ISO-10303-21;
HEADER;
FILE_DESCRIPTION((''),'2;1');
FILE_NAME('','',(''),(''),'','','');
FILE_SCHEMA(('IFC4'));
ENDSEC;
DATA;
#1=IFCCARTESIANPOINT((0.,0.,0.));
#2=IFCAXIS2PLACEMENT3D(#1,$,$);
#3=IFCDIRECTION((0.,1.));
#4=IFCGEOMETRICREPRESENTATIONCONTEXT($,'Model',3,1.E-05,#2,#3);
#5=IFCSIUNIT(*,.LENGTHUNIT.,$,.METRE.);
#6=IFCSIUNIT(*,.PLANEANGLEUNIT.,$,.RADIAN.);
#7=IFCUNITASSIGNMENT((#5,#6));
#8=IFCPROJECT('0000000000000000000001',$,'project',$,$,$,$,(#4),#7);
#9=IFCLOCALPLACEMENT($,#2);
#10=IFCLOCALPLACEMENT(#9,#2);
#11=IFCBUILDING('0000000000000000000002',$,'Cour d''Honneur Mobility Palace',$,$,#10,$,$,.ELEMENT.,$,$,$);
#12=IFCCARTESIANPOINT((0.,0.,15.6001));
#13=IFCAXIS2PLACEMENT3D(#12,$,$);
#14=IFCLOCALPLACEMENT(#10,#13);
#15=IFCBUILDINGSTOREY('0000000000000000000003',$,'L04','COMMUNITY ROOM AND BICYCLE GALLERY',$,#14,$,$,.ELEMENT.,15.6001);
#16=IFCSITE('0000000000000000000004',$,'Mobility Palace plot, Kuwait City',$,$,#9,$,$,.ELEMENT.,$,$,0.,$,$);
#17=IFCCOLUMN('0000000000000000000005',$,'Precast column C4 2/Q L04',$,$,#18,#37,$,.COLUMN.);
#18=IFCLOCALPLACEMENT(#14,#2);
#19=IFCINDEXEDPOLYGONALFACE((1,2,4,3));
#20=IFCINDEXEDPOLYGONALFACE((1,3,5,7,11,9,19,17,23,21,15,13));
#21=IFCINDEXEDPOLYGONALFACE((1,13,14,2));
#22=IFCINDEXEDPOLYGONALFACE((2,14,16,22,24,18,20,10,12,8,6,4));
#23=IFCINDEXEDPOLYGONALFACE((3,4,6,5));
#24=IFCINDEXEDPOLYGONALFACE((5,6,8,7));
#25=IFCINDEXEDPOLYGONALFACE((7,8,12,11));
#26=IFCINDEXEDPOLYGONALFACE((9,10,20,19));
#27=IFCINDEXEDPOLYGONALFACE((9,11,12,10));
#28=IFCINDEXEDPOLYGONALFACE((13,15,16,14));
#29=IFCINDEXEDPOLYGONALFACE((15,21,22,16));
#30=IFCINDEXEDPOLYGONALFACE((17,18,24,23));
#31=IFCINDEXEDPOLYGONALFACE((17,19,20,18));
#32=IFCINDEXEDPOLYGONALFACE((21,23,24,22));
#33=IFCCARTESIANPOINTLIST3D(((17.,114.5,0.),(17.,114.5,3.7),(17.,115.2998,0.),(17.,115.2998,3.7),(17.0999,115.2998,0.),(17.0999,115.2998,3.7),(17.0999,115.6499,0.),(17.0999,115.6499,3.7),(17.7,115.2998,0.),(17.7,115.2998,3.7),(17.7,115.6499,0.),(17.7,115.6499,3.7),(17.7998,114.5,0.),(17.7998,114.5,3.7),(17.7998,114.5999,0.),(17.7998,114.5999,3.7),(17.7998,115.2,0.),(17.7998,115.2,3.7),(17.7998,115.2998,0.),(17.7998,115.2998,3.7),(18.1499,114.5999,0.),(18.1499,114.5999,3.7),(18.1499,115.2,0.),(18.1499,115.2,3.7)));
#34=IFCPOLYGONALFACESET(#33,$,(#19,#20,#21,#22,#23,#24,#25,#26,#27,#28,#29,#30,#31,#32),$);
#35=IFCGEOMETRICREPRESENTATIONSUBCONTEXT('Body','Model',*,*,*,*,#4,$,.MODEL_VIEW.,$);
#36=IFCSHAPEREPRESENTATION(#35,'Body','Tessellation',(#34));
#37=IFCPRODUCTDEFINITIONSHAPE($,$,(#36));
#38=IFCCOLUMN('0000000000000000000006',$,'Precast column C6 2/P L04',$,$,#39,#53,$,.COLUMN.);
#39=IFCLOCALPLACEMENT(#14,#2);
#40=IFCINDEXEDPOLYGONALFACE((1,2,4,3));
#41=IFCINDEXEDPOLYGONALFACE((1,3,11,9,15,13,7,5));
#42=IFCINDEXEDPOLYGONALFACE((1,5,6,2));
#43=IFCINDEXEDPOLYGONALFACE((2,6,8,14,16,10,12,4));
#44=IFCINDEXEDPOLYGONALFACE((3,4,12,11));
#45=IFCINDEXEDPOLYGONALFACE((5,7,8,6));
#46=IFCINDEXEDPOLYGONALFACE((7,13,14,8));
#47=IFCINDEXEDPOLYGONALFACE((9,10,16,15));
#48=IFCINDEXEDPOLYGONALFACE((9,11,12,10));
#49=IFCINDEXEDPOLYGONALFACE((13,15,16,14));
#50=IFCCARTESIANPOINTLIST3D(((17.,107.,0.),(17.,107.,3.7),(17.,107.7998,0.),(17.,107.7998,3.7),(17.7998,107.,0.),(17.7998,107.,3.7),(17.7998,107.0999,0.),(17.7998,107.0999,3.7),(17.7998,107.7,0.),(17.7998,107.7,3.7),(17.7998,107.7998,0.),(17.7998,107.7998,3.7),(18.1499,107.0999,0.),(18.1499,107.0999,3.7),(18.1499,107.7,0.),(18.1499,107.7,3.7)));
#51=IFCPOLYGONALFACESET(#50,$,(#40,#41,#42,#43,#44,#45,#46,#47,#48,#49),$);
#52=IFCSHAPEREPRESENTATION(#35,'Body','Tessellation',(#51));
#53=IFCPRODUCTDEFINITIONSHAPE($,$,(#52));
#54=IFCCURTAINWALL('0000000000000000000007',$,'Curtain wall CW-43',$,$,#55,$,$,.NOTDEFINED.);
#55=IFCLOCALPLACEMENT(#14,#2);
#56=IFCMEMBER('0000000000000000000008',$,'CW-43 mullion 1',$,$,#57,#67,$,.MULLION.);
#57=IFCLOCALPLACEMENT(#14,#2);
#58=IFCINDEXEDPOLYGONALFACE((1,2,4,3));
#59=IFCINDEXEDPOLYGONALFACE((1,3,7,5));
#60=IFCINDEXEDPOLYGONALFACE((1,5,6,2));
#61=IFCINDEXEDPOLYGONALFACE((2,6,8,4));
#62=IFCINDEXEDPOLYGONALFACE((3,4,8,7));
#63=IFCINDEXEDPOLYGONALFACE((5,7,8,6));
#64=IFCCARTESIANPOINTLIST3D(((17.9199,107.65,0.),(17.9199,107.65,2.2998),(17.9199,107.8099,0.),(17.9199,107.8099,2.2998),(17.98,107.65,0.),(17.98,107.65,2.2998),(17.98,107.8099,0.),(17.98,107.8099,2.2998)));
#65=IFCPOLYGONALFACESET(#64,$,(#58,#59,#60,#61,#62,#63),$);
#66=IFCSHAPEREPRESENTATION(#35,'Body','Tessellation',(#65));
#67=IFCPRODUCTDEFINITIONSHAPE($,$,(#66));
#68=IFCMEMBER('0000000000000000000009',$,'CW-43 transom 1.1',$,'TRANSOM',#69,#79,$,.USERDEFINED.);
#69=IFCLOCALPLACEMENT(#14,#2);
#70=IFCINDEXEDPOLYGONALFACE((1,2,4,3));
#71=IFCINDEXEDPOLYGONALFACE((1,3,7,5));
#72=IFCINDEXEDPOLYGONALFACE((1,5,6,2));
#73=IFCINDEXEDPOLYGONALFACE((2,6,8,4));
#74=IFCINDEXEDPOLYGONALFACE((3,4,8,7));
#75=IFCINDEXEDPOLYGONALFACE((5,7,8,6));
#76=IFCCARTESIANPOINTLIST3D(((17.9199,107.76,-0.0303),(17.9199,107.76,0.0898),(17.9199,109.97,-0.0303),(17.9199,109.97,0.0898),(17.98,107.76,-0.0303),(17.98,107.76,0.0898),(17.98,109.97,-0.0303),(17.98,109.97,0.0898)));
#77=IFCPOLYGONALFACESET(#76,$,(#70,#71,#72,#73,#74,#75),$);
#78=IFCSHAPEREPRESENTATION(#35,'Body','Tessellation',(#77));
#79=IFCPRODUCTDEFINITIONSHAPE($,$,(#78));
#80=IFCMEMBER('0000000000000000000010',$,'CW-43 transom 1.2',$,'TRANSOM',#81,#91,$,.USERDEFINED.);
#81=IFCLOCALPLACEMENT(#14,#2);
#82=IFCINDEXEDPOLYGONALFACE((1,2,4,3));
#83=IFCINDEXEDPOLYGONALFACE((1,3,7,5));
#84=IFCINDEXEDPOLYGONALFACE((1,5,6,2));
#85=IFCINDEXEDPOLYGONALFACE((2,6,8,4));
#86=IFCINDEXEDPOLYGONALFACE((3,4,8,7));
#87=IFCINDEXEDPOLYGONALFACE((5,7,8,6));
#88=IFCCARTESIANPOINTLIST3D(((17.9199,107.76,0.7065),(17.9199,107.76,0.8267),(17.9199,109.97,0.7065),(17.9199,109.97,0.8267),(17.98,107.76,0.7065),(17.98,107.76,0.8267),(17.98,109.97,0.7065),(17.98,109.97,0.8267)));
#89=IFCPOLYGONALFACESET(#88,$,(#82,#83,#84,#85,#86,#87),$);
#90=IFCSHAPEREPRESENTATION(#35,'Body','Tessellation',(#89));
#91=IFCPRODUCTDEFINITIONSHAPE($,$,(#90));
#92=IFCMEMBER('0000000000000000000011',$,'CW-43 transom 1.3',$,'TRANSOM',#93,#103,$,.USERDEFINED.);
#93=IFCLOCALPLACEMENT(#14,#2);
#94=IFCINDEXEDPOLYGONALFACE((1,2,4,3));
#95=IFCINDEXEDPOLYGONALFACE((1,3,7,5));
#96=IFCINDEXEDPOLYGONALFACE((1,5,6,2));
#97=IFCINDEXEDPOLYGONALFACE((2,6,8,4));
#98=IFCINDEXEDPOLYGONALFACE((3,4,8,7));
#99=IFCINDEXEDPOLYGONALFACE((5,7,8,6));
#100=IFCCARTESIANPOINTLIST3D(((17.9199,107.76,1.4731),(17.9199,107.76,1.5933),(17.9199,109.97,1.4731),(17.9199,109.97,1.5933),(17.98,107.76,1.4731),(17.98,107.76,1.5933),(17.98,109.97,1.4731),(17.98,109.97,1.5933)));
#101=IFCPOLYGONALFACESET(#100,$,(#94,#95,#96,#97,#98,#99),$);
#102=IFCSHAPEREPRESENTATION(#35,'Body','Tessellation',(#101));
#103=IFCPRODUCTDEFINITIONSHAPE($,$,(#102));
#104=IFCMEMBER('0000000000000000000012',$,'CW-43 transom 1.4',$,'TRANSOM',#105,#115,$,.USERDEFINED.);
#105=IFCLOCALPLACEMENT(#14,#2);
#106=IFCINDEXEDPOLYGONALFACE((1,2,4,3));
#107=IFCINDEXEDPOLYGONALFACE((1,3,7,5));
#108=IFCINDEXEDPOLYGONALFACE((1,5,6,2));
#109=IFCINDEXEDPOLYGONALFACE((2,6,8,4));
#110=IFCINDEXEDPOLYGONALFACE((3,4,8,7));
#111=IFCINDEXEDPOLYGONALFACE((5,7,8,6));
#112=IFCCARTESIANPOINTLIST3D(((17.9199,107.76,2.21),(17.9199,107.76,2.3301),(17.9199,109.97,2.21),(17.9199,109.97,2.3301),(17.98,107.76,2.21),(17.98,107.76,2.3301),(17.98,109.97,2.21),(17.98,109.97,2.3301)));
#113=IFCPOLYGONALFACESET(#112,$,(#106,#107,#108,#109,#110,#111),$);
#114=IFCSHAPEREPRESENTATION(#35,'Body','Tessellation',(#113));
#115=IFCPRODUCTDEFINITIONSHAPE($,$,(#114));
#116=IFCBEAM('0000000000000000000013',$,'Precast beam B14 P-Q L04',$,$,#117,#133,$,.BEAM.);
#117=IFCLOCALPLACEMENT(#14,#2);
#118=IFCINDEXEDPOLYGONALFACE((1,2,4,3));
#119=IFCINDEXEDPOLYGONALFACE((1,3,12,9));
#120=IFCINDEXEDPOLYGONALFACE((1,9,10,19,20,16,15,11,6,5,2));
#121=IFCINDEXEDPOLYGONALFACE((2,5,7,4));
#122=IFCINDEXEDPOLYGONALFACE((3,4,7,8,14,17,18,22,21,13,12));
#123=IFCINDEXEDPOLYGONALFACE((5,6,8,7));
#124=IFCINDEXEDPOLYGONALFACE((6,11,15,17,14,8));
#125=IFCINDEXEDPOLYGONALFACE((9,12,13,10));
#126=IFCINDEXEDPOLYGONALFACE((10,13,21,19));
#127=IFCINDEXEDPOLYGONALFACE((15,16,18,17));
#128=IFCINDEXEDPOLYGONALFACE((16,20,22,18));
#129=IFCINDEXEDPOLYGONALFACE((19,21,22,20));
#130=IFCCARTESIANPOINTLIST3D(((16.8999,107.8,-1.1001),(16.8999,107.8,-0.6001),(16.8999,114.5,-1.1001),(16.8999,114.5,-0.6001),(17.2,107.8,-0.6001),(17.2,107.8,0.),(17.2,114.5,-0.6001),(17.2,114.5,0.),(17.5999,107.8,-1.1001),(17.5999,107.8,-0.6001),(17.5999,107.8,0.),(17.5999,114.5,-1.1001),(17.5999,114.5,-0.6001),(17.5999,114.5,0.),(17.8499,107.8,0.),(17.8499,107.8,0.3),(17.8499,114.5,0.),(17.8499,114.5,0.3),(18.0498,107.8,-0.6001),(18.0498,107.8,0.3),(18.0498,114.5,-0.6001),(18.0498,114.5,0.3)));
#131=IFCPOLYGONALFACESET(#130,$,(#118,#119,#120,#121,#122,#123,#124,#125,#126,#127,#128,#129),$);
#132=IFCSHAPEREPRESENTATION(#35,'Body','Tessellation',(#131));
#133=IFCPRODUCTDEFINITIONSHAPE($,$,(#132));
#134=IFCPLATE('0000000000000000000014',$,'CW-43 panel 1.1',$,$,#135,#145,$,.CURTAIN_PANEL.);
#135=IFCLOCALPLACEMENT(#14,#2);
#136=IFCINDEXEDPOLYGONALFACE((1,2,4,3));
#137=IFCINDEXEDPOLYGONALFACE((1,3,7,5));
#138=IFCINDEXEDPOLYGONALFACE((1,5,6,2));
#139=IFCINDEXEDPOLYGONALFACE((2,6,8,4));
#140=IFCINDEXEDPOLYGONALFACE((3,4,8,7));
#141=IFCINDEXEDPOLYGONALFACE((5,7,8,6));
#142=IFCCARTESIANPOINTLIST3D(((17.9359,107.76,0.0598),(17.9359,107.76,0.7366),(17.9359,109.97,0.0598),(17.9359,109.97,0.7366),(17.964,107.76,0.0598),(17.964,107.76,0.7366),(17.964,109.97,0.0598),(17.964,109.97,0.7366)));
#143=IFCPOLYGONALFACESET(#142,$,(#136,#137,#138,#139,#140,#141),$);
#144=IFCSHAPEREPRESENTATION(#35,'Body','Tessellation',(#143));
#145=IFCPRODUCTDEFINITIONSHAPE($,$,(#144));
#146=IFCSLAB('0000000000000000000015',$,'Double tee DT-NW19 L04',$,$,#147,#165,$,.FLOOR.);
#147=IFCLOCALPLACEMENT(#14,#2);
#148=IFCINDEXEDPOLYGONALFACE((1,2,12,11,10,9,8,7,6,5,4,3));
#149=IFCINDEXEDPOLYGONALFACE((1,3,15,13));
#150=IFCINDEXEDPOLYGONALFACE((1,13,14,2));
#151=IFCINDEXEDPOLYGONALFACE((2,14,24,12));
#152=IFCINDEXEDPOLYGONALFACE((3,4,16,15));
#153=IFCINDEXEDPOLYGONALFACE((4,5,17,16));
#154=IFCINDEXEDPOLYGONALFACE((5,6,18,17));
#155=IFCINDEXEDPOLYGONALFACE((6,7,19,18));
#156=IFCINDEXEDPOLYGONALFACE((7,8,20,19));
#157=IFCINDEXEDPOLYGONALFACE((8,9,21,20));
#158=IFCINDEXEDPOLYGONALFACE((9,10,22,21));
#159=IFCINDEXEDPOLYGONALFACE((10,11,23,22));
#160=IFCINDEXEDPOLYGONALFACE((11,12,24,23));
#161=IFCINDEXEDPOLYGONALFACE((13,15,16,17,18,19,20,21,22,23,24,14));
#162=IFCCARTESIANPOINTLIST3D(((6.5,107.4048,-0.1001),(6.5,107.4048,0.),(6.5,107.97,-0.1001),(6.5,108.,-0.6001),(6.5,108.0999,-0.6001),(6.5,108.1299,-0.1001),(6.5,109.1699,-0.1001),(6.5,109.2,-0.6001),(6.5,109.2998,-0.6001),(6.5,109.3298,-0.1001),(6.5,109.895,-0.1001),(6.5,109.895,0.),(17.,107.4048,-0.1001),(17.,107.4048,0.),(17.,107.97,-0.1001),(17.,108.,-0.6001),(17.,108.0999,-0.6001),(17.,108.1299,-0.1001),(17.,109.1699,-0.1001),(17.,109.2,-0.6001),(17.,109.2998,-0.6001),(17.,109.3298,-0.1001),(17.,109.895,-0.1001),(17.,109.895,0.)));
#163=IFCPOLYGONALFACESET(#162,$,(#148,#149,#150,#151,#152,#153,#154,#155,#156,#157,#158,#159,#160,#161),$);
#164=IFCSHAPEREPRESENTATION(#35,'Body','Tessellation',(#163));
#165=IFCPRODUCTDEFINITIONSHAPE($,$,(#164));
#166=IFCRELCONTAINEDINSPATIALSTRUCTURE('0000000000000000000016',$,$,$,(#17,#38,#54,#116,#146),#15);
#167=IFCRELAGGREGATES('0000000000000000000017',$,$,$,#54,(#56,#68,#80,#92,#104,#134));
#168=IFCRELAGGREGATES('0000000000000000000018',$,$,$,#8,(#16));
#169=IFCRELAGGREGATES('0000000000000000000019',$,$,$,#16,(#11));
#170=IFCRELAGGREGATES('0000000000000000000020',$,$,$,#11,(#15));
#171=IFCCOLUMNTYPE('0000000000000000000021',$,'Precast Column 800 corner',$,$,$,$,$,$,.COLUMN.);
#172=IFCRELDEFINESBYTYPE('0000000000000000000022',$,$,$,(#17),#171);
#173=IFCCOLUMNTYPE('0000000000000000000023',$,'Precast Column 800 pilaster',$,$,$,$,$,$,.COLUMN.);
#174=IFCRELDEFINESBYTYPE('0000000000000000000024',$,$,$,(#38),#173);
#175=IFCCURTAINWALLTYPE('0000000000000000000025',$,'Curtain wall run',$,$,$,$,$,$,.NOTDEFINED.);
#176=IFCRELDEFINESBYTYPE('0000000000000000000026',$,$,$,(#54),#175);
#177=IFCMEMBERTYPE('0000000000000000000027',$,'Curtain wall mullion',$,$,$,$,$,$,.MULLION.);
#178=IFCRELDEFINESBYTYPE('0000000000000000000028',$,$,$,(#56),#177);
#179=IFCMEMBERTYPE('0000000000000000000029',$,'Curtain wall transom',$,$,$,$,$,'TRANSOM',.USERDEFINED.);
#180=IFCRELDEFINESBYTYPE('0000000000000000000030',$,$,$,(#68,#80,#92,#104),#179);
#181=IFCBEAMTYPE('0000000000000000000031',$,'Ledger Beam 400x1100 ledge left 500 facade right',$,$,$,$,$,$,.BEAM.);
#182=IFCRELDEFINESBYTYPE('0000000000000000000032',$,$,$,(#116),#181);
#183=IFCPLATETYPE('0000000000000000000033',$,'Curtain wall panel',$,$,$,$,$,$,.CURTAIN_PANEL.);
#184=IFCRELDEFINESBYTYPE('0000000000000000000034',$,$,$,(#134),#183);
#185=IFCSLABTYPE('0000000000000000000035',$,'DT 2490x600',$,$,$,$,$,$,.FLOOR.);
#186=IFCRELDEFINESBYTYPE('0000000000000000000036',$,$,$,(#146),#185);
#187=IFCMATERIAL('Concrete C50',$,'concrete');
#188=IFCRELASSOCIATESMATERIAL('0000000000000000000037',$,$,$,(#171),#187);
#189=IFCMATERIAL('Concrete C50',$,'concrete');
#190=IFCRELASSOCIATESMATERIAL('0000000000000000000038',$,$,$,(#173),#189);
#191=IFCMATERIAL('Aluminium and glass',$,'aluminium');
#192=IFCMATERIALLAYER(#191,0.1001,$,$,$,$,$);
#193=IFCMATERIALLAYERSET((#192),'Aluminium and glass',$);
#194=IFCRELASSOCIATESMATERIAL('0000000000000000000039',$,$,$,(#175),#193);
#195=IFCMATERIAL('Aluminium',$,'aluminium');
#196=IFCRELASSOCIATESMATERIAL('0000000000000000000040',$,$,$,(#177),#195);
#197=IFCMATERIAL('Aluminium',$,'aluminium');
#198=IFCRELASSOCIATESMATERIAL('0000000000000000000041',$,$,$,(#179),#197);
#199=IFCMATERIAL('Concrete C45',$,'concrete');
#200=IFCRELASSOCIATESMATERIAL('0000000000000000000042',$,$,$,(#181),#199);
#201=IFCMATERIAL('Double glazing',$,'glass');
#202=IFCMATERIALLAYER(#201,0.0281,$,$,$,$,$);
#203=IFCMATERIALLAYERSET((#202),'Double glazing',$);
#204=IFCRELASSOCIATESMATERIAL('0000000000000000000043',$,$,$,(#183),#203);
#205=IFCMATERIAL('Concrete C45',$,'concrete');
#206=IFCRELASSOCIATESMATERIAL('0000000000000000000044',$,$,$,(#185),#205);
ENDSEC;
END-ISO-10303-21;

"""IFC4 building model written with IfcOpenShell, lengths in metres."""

from ifc_helpers import new_model, si_unit, direction, frame, origin, origin_2d, place, context, subcontext, project, spatial, polyline, rectangle, outline, extrude, material, layer, layer_set, material_profile, profile_set, type_object, element, aggregate, save


model = new_model("IFC4")

# Units and contexts
model_context = context("Model", 3, precision=1e-05, world=origin(), true_north=direction((0.0, 1.0)))
body_context = subcontext(model_context, "Body", "Model", "MODEL_VIEW")
ifc_project = project(units=[si_unit("LENGTHUNIT", "METRE"), si_unit("PLANEANGLEUNIT", "RADIAN")], contexts=[model_context])

# Site, building, storey
site_placement = place(None, origin())
site = spatial("IfcSite", under=ifc_project, at=site_placement, Name="Mobility Palace plot, Kuwait City", CompositionType="ELEMENT", RefElevation=0.0)
building_placement = place(site_placement, origin())
building = spatial("IfcBuilding", under=site, at=building_placement, Name="Cour d'Honneur Mobility Palace", CompositionType="ELEMENT")
storey_placement = place(building_placement, frame((0.0, 0.0, 15.6001)))
storey = spatial("IfcBuildingStorey", under=building, at=storey_placement, Name="L04", Description="COMMUNITY ROOM AND BICYCLE GALLERY", CompositionType="ELEMENT", Elevation=15.6001)

# Columns
ifc_material_1 = material(Name="Concrete C50", Category="concrete")
ifc_material_profile_1 = material_profile(ifc_material_1, outline(polyline([(-0.3999, -0.3999), (0.3999, -0.3999), (0.3999, -0.3), (0.75, -0.3), (0.75, 0.3), (0.3999, 0.3), (0.3999, 0.3999), (0.3, 0.3999), (0.3, 0.75), (-0.3, 0.75), (-0.3, 0.3999), (-0.3999, 0.3999), (-0.3999, -0.3999)])), Name="PC C800 corner")
ifc_profile_set_1 = profile_set([ifc_material_profile_1], Name="Concrete C50")
column_type_1 = type_object("IfcColumnType", Name="Precast Column 800 corner", PredefinedType="COLUMN", material=ifc_profile_set_1)
column_1_placement = place(storey_placement, frame((17.3999, 114.8999, 0.0), z_axis=(0.0, 0.0, 1.0), x_axis=(1.0, 0.0, 0.0)))
element("IfcColumn", 1, at=column_1_placement, inside=storey, type_object=column_type_1, Name="Precast column C4 2/Q L04", PredefinedType="COLUMN", context=body_context, shape_type="SweptSolid", body=[
    extrude(outline(polyline([(-0.3999, -0.3999), (0.3999, -0.3999), (0.3999, -0.3), (0.75, -0.3), (0.75, 0.3), (0.3999, 0.3), (0.3999, 0.3999), (0.3, 0.3999), (0.3, 0.75), (-0.3, 0.75), (-0.3, 0.3999), (-0.3999, 0.3999), (-0.3999, -0.3999)])), origin(), (0.0, 0.0, 1.0), 3.7),
])
ifc_material_2 = material(Name="Concrete C50", Category="concrete")
ifc_material_profile_2 = material_profile(ifc_material_2, outline(polyline([(-0.3999, -0.3999), (0.3999, -0.3999), (0.3999, -0.3), (0.75, -0.3), (0.75, 0.3), (0.3999, 0.3), (0.3999, 0.3999), (-0.3999, 0.3999), (-0.3999, -0.3999)])), Name="PC C800 pilaster")
ifc_profile_set_2 = profile_set([ifc_material_profile_2], Name="Concrete C50")
column_type_2 = type_object("IfcColumnType", Name="Precast Column 800 pilaster", PredefinedType="COLUMN", material=ifc_profile_set_2)
column_2_placement = place(storey_placement, frame((17.3999, 107.3999, 0.0), z_axis=(0.0, 0.0, 1.0), x_axis=(1.0, 0.0, 0.0)))
element("IfcColumn", 2, at=column_2_placement, inside=storey, type_object=column_type_2, Name="Precast column C6 2/P L04", PredefinedType="COLUMN", context=body_context, shape_type="SweptSolid", body=[
    extrude(outline(polyline([(-0.3999, -0.3999), (0.3999, -0.3999), (0.3999, -0.3), (0.75, -0.3), (0.75, 0.3), (0.3999, 0.3), (0.3999, 0.3999), (-0.3999, 0.3999), (-0.3999, -0.3999)])), origin(), (0.0, 0.0, 1.0), 3.7),
])

# Curtain wall, members
ifc_material_3 = material(Name="Aluminium and glass", Category="aluminium")
ifc_layer_1 = layer(ifc_material_3, 0.1001)
ifc_layer_set_1 = layer_set([ifc_layer_1], Name="Aluminium and glass")
curtain_wall_type = type_object("IfcCurtainWallType", Name="Curtain wall run", PredefinedType="NOTDEFINED", material=ifc_layer_set_1)
curtain_wall_placement = place(storey_placement, origin())
curtain_wall = element("IfcCurtainWall", 3, at=curtain_wall_placement, inside=storey, type_object=curtain_wall_type, Name="Curtain wall CW-43", PredefinedType="NOTDEFINED")
ifc_material_4 = material(Name="Aluminium", Category="aluminium")
ifc_material_profile_3 = material_profile(ifc_material_4, rectangle(XDim=0.0601, YDim=0.1599, at=origin_2d()), Name="Curtain wall mullion")
ifc_profile_set_3 = profile_set([ifc_material_profile_3], Name="Aluminium")
member_type_1 = type_object("IfcMemberType", Name="Curtain wall mullion", PredefinedType="MULLION", material=ifc_profile_set_3)
member_1_placement = place(storey_placement, frame((17.95, 107.73, 0.0), z_axis=(0.0, 0.0, 1.0), x_axis=(-1.0, 0.0, 0.0)))
member_1 = element("IfcMember", 4, at=member_1_placement, type_object=member_type_1, Name="CW-43 mullion 1", PredefinedType="MULLION", context=body_context, shape_type="SweptSolid", body=[
    extrude(rectangle(XDim=0.0601, YDim=0.1599, at=origin_2d()), origin(), (0.0, 0.0, 1.0), 2.2998),
])
ifc_material_5 = material(Name="Aluminium", Category="aluminium")
ifc_material_profile_4 = material_profile(ifc_material_5, rectangle(XDim=0.0601, YDim=0.1201, at=origin_2d()), Name="Curtain wall transom")
ifc_profile_set_4 = profile_set([ifc_material_profile_4], Name="Aluminium")
member_type_2 = type_object("IfcMemberType", Name="Curtain wall transom", ElementType="TRANSOM", PredefinedType="USERDEFINED", material=ifc_profile_set_4)
member_2_placement = place(storey_placement, frame((17.95, 107.76, 0.0298), z_axis=(0.0, 1.0, 0.0), x_axis=(-1.0, 0.0, 0.0)))
member_2 = element("IfcMember", 5, at=member_2_placement, type_object=member_type_2, Name="CW-43 transom 1.1", ObjectType="TRANSOM", PredefinedType="USERDEFINED", context=body_context, shape_type="SweptSolid", body=[
    extrude(rectangle(XDim=0.0601, YDim=0.1201, at=origin_2d()), origin(), (0.0, 0.0, 1.0), 2.21),
])
member_3_placement = place(storey_placement, frame((17.95, 107.76, 0.7666), z_axis=(0.0, 1.0, 0.0), x_axis=(-1.0, 0.0, 0.0)))
member_3 = element("IfcMember", 6, at=member_3_placement, type_object=member_type_2, Name="CW-43 transom 1.2", ObjectType="TRANSOM", PredefinedType="USERDEFINED", context=body_context, shape_type="SweptSolid", body=[
    extrude(rectangle(XDim=0.0601, YDim=0.1201, at=origin_2d()), origin(), (0.0, 0.0, 1.0), 2.21),
])
member_4_placement = place(storey_placement, frame((17.95, 107.76, 1.5332), z_axis=(0.0, 1.0, 0.0), x_axis=(-1.0, 0.0, 0.0)))
member_4 = element("IfcMember", 7, at=member_4_placement, type_object=member_type_2, Name="CW-43 transom 1.3", ObjectType="TRANSOM", PredefinedType="USERDEFINED", context=body_context, shape_type="SweptSolid", body=[
    extrude(rectangle(XDim=0.0601, YDim=0.1201, at=origin_2d()), origin(), (0.0, 0.0, 1.0), 2.21),
])
member_5_placement = place(storey_placement, frame((17.95, 107.76, 2.27), z_axis=(0.0, 1.0, 0.0), x_axis=(-1.0, 0.0, 0.0)))
member_5 = element("IfcMember", 8, at=member_5_placement, type_object=member_type_2, Name="CW-43 transom 1.4", ObjectType="TRANSOM", PredefinedType="USERDEFINED", context=body_context, shape_type="SweptSolid", body=[
    extrude(rectangle(XDim=0.0601, YDim=0.1201, at=origin_2d()), origin(), (0.0, 0.0, 1.0), 2.21),
])

# Beam
ifc_material_6 = material(Name="Concrete C45", Category="concrete")
ifc_material_profile_5 = material_profile(ifc_material_6, outline(polyline([(0.5, -1.1001), (0.5, -0.6001), (0.2, -0.6001), (0.2, 0.0), (-0.2, 0.0), (-0.45, 0.0), (-0.45, 0.3), (-0.6499, 0.3), (-0.6499, -0.6001), (-0.2, -0.6001), (-0.2, -1.1001), (0.5, -1.1001)])), Name="Ledger Beam 400x1100 ledge left 500 facade right")
ifc_profile_set_5 = profile_set([ifc_material_profile_5], Name="Concrete C45")
beam_type = type_object("IfcBeamType", Name="Ledger Beam 400x1100 ledge left 500 facade right", PredefinedType="BEAM", material=ifc_profile_set_5)
beam_placement = place(storey_placement, frame((17.3999, 107.8, 0.0), z_axis=(0.0, 1.0, 0.0), x_axis=(-1.0, 0.0, 0.0)))
element("IfcBeam", 9, at=beam_placement, inside=storey, type_object=beam_type, Name="Precast beam B14 P-Q L04", PredefinedType="BEAM", context=body_context, shape_type="SweptSolid", body=[
    extrude(outline(polyline([(0.5, -1.1001), (0.5, -0.6001), (0.2, -0.6001), (0.2, 0.0), (-0.2, 0.0), (-0.45, 0.0), (-0.45, 0.3), (-0.6499, 0.3), (-0.6499, -0.6001), (-0.2, -0.6001), (-0.2, -1.1001), (0.5, -1.1001)])), origin(), (0.0, 0.0, 1.0), 6.7),
])

# Plate
ifc_material_7 = material(Name="Double glazing", Category="glass")
ifc_layer_2 = layer(ifc_material_7, 0.0281)
ifc_layer_set_2 = layer_set([ifc_layer_2], Name="Double glazing")
plate_type = type_object("IfcPlateType", Name="Curtain wall panel", PredefinedType="CURTAIN_PANEL", material=ifc_layer_set_2)
plate_placement = place(storey_placement, frame((17.95, 108.865, 0.0598), z_axis=(0.0, 0.0, 1.0), x_axis=(0.0, 1.0, 0.0)))
plate = element("IfcPlate", 10, at=plate_placement, type_object=plate_type, Name="CW-43 panel 1.1", PredefinedType="CURTAIN_PANEL", context=body_context, shape_type="SweptSolid", body=[
    extrude(rectangle(XDim=2.21, YDim=0.0281, at=origin_2d()), origin(), (0.0, 0.0, 1.0), 0.6768),
])
aggregate(curtain_wall, [member_1, member_2, member_3, member_4, member_5, plate])

# Slab
ifc_material_8 = material(Name="Concrete C45", Category="concrete")
ifc_material_profile_6 = material_profile(ifc_material_8, outline(polyline([(-1.2451, 0.0), (1.2451, 0.0), (1.2451, -0.1001), (0.6799, -0.1001), (0.6499, -0.6001), (0.55, -0.6001), (0.52, -0.1001), (-0.52, -0.1001), (-0.55, -0.6001), (-0.6499, -0.6001), (-0.6799, -0.1001), (-1.2451, -0.1001), (-1.2451, 0.0)])), Name="DT 2490x600")
ifc_profile_set_6 = profile_set([ifc_material_profile_6], Name="Concrete C45")
slab_type = type_object("IfcSlabType", Name="DT 2490x600", PredefinedType="FLOOR", material=ifc_profile_set_6)
slab_1_placement = place(storey_placement, frame((6.5, 108.6499, 0.0), z_axis=(1.0, 0.0, 0.0), x_axis=(0.0, 1.0, 0.0)))
element("IfcSlab", 11, at=slab_1_placement, inside=storey, type_object=slab_type, Name="Double tee DT-NW19 L04", PredefinedType="FLOOR", context=body_context, shape_type="SweptSolid", body=[
    extrude(outline(polyline([(-1.2451, 0.0), (1.2451, 0.0), (1.2451, -0.1001), (0.6799, -0.1001), (0.6499, -0.6001), (0.55, -0.6001), (0.52, -0.1001), (-0.52, -0.1001), (-0.55, -0.6001), (-0.6499, -0.6001), (-0.6799, -0.1001), (-1.2451, -0.1001), (-1.2451, 0.0)])), origin(), (0.0, 0.0, 1.0), 10.5),
])

save(model, "model.ifc")
